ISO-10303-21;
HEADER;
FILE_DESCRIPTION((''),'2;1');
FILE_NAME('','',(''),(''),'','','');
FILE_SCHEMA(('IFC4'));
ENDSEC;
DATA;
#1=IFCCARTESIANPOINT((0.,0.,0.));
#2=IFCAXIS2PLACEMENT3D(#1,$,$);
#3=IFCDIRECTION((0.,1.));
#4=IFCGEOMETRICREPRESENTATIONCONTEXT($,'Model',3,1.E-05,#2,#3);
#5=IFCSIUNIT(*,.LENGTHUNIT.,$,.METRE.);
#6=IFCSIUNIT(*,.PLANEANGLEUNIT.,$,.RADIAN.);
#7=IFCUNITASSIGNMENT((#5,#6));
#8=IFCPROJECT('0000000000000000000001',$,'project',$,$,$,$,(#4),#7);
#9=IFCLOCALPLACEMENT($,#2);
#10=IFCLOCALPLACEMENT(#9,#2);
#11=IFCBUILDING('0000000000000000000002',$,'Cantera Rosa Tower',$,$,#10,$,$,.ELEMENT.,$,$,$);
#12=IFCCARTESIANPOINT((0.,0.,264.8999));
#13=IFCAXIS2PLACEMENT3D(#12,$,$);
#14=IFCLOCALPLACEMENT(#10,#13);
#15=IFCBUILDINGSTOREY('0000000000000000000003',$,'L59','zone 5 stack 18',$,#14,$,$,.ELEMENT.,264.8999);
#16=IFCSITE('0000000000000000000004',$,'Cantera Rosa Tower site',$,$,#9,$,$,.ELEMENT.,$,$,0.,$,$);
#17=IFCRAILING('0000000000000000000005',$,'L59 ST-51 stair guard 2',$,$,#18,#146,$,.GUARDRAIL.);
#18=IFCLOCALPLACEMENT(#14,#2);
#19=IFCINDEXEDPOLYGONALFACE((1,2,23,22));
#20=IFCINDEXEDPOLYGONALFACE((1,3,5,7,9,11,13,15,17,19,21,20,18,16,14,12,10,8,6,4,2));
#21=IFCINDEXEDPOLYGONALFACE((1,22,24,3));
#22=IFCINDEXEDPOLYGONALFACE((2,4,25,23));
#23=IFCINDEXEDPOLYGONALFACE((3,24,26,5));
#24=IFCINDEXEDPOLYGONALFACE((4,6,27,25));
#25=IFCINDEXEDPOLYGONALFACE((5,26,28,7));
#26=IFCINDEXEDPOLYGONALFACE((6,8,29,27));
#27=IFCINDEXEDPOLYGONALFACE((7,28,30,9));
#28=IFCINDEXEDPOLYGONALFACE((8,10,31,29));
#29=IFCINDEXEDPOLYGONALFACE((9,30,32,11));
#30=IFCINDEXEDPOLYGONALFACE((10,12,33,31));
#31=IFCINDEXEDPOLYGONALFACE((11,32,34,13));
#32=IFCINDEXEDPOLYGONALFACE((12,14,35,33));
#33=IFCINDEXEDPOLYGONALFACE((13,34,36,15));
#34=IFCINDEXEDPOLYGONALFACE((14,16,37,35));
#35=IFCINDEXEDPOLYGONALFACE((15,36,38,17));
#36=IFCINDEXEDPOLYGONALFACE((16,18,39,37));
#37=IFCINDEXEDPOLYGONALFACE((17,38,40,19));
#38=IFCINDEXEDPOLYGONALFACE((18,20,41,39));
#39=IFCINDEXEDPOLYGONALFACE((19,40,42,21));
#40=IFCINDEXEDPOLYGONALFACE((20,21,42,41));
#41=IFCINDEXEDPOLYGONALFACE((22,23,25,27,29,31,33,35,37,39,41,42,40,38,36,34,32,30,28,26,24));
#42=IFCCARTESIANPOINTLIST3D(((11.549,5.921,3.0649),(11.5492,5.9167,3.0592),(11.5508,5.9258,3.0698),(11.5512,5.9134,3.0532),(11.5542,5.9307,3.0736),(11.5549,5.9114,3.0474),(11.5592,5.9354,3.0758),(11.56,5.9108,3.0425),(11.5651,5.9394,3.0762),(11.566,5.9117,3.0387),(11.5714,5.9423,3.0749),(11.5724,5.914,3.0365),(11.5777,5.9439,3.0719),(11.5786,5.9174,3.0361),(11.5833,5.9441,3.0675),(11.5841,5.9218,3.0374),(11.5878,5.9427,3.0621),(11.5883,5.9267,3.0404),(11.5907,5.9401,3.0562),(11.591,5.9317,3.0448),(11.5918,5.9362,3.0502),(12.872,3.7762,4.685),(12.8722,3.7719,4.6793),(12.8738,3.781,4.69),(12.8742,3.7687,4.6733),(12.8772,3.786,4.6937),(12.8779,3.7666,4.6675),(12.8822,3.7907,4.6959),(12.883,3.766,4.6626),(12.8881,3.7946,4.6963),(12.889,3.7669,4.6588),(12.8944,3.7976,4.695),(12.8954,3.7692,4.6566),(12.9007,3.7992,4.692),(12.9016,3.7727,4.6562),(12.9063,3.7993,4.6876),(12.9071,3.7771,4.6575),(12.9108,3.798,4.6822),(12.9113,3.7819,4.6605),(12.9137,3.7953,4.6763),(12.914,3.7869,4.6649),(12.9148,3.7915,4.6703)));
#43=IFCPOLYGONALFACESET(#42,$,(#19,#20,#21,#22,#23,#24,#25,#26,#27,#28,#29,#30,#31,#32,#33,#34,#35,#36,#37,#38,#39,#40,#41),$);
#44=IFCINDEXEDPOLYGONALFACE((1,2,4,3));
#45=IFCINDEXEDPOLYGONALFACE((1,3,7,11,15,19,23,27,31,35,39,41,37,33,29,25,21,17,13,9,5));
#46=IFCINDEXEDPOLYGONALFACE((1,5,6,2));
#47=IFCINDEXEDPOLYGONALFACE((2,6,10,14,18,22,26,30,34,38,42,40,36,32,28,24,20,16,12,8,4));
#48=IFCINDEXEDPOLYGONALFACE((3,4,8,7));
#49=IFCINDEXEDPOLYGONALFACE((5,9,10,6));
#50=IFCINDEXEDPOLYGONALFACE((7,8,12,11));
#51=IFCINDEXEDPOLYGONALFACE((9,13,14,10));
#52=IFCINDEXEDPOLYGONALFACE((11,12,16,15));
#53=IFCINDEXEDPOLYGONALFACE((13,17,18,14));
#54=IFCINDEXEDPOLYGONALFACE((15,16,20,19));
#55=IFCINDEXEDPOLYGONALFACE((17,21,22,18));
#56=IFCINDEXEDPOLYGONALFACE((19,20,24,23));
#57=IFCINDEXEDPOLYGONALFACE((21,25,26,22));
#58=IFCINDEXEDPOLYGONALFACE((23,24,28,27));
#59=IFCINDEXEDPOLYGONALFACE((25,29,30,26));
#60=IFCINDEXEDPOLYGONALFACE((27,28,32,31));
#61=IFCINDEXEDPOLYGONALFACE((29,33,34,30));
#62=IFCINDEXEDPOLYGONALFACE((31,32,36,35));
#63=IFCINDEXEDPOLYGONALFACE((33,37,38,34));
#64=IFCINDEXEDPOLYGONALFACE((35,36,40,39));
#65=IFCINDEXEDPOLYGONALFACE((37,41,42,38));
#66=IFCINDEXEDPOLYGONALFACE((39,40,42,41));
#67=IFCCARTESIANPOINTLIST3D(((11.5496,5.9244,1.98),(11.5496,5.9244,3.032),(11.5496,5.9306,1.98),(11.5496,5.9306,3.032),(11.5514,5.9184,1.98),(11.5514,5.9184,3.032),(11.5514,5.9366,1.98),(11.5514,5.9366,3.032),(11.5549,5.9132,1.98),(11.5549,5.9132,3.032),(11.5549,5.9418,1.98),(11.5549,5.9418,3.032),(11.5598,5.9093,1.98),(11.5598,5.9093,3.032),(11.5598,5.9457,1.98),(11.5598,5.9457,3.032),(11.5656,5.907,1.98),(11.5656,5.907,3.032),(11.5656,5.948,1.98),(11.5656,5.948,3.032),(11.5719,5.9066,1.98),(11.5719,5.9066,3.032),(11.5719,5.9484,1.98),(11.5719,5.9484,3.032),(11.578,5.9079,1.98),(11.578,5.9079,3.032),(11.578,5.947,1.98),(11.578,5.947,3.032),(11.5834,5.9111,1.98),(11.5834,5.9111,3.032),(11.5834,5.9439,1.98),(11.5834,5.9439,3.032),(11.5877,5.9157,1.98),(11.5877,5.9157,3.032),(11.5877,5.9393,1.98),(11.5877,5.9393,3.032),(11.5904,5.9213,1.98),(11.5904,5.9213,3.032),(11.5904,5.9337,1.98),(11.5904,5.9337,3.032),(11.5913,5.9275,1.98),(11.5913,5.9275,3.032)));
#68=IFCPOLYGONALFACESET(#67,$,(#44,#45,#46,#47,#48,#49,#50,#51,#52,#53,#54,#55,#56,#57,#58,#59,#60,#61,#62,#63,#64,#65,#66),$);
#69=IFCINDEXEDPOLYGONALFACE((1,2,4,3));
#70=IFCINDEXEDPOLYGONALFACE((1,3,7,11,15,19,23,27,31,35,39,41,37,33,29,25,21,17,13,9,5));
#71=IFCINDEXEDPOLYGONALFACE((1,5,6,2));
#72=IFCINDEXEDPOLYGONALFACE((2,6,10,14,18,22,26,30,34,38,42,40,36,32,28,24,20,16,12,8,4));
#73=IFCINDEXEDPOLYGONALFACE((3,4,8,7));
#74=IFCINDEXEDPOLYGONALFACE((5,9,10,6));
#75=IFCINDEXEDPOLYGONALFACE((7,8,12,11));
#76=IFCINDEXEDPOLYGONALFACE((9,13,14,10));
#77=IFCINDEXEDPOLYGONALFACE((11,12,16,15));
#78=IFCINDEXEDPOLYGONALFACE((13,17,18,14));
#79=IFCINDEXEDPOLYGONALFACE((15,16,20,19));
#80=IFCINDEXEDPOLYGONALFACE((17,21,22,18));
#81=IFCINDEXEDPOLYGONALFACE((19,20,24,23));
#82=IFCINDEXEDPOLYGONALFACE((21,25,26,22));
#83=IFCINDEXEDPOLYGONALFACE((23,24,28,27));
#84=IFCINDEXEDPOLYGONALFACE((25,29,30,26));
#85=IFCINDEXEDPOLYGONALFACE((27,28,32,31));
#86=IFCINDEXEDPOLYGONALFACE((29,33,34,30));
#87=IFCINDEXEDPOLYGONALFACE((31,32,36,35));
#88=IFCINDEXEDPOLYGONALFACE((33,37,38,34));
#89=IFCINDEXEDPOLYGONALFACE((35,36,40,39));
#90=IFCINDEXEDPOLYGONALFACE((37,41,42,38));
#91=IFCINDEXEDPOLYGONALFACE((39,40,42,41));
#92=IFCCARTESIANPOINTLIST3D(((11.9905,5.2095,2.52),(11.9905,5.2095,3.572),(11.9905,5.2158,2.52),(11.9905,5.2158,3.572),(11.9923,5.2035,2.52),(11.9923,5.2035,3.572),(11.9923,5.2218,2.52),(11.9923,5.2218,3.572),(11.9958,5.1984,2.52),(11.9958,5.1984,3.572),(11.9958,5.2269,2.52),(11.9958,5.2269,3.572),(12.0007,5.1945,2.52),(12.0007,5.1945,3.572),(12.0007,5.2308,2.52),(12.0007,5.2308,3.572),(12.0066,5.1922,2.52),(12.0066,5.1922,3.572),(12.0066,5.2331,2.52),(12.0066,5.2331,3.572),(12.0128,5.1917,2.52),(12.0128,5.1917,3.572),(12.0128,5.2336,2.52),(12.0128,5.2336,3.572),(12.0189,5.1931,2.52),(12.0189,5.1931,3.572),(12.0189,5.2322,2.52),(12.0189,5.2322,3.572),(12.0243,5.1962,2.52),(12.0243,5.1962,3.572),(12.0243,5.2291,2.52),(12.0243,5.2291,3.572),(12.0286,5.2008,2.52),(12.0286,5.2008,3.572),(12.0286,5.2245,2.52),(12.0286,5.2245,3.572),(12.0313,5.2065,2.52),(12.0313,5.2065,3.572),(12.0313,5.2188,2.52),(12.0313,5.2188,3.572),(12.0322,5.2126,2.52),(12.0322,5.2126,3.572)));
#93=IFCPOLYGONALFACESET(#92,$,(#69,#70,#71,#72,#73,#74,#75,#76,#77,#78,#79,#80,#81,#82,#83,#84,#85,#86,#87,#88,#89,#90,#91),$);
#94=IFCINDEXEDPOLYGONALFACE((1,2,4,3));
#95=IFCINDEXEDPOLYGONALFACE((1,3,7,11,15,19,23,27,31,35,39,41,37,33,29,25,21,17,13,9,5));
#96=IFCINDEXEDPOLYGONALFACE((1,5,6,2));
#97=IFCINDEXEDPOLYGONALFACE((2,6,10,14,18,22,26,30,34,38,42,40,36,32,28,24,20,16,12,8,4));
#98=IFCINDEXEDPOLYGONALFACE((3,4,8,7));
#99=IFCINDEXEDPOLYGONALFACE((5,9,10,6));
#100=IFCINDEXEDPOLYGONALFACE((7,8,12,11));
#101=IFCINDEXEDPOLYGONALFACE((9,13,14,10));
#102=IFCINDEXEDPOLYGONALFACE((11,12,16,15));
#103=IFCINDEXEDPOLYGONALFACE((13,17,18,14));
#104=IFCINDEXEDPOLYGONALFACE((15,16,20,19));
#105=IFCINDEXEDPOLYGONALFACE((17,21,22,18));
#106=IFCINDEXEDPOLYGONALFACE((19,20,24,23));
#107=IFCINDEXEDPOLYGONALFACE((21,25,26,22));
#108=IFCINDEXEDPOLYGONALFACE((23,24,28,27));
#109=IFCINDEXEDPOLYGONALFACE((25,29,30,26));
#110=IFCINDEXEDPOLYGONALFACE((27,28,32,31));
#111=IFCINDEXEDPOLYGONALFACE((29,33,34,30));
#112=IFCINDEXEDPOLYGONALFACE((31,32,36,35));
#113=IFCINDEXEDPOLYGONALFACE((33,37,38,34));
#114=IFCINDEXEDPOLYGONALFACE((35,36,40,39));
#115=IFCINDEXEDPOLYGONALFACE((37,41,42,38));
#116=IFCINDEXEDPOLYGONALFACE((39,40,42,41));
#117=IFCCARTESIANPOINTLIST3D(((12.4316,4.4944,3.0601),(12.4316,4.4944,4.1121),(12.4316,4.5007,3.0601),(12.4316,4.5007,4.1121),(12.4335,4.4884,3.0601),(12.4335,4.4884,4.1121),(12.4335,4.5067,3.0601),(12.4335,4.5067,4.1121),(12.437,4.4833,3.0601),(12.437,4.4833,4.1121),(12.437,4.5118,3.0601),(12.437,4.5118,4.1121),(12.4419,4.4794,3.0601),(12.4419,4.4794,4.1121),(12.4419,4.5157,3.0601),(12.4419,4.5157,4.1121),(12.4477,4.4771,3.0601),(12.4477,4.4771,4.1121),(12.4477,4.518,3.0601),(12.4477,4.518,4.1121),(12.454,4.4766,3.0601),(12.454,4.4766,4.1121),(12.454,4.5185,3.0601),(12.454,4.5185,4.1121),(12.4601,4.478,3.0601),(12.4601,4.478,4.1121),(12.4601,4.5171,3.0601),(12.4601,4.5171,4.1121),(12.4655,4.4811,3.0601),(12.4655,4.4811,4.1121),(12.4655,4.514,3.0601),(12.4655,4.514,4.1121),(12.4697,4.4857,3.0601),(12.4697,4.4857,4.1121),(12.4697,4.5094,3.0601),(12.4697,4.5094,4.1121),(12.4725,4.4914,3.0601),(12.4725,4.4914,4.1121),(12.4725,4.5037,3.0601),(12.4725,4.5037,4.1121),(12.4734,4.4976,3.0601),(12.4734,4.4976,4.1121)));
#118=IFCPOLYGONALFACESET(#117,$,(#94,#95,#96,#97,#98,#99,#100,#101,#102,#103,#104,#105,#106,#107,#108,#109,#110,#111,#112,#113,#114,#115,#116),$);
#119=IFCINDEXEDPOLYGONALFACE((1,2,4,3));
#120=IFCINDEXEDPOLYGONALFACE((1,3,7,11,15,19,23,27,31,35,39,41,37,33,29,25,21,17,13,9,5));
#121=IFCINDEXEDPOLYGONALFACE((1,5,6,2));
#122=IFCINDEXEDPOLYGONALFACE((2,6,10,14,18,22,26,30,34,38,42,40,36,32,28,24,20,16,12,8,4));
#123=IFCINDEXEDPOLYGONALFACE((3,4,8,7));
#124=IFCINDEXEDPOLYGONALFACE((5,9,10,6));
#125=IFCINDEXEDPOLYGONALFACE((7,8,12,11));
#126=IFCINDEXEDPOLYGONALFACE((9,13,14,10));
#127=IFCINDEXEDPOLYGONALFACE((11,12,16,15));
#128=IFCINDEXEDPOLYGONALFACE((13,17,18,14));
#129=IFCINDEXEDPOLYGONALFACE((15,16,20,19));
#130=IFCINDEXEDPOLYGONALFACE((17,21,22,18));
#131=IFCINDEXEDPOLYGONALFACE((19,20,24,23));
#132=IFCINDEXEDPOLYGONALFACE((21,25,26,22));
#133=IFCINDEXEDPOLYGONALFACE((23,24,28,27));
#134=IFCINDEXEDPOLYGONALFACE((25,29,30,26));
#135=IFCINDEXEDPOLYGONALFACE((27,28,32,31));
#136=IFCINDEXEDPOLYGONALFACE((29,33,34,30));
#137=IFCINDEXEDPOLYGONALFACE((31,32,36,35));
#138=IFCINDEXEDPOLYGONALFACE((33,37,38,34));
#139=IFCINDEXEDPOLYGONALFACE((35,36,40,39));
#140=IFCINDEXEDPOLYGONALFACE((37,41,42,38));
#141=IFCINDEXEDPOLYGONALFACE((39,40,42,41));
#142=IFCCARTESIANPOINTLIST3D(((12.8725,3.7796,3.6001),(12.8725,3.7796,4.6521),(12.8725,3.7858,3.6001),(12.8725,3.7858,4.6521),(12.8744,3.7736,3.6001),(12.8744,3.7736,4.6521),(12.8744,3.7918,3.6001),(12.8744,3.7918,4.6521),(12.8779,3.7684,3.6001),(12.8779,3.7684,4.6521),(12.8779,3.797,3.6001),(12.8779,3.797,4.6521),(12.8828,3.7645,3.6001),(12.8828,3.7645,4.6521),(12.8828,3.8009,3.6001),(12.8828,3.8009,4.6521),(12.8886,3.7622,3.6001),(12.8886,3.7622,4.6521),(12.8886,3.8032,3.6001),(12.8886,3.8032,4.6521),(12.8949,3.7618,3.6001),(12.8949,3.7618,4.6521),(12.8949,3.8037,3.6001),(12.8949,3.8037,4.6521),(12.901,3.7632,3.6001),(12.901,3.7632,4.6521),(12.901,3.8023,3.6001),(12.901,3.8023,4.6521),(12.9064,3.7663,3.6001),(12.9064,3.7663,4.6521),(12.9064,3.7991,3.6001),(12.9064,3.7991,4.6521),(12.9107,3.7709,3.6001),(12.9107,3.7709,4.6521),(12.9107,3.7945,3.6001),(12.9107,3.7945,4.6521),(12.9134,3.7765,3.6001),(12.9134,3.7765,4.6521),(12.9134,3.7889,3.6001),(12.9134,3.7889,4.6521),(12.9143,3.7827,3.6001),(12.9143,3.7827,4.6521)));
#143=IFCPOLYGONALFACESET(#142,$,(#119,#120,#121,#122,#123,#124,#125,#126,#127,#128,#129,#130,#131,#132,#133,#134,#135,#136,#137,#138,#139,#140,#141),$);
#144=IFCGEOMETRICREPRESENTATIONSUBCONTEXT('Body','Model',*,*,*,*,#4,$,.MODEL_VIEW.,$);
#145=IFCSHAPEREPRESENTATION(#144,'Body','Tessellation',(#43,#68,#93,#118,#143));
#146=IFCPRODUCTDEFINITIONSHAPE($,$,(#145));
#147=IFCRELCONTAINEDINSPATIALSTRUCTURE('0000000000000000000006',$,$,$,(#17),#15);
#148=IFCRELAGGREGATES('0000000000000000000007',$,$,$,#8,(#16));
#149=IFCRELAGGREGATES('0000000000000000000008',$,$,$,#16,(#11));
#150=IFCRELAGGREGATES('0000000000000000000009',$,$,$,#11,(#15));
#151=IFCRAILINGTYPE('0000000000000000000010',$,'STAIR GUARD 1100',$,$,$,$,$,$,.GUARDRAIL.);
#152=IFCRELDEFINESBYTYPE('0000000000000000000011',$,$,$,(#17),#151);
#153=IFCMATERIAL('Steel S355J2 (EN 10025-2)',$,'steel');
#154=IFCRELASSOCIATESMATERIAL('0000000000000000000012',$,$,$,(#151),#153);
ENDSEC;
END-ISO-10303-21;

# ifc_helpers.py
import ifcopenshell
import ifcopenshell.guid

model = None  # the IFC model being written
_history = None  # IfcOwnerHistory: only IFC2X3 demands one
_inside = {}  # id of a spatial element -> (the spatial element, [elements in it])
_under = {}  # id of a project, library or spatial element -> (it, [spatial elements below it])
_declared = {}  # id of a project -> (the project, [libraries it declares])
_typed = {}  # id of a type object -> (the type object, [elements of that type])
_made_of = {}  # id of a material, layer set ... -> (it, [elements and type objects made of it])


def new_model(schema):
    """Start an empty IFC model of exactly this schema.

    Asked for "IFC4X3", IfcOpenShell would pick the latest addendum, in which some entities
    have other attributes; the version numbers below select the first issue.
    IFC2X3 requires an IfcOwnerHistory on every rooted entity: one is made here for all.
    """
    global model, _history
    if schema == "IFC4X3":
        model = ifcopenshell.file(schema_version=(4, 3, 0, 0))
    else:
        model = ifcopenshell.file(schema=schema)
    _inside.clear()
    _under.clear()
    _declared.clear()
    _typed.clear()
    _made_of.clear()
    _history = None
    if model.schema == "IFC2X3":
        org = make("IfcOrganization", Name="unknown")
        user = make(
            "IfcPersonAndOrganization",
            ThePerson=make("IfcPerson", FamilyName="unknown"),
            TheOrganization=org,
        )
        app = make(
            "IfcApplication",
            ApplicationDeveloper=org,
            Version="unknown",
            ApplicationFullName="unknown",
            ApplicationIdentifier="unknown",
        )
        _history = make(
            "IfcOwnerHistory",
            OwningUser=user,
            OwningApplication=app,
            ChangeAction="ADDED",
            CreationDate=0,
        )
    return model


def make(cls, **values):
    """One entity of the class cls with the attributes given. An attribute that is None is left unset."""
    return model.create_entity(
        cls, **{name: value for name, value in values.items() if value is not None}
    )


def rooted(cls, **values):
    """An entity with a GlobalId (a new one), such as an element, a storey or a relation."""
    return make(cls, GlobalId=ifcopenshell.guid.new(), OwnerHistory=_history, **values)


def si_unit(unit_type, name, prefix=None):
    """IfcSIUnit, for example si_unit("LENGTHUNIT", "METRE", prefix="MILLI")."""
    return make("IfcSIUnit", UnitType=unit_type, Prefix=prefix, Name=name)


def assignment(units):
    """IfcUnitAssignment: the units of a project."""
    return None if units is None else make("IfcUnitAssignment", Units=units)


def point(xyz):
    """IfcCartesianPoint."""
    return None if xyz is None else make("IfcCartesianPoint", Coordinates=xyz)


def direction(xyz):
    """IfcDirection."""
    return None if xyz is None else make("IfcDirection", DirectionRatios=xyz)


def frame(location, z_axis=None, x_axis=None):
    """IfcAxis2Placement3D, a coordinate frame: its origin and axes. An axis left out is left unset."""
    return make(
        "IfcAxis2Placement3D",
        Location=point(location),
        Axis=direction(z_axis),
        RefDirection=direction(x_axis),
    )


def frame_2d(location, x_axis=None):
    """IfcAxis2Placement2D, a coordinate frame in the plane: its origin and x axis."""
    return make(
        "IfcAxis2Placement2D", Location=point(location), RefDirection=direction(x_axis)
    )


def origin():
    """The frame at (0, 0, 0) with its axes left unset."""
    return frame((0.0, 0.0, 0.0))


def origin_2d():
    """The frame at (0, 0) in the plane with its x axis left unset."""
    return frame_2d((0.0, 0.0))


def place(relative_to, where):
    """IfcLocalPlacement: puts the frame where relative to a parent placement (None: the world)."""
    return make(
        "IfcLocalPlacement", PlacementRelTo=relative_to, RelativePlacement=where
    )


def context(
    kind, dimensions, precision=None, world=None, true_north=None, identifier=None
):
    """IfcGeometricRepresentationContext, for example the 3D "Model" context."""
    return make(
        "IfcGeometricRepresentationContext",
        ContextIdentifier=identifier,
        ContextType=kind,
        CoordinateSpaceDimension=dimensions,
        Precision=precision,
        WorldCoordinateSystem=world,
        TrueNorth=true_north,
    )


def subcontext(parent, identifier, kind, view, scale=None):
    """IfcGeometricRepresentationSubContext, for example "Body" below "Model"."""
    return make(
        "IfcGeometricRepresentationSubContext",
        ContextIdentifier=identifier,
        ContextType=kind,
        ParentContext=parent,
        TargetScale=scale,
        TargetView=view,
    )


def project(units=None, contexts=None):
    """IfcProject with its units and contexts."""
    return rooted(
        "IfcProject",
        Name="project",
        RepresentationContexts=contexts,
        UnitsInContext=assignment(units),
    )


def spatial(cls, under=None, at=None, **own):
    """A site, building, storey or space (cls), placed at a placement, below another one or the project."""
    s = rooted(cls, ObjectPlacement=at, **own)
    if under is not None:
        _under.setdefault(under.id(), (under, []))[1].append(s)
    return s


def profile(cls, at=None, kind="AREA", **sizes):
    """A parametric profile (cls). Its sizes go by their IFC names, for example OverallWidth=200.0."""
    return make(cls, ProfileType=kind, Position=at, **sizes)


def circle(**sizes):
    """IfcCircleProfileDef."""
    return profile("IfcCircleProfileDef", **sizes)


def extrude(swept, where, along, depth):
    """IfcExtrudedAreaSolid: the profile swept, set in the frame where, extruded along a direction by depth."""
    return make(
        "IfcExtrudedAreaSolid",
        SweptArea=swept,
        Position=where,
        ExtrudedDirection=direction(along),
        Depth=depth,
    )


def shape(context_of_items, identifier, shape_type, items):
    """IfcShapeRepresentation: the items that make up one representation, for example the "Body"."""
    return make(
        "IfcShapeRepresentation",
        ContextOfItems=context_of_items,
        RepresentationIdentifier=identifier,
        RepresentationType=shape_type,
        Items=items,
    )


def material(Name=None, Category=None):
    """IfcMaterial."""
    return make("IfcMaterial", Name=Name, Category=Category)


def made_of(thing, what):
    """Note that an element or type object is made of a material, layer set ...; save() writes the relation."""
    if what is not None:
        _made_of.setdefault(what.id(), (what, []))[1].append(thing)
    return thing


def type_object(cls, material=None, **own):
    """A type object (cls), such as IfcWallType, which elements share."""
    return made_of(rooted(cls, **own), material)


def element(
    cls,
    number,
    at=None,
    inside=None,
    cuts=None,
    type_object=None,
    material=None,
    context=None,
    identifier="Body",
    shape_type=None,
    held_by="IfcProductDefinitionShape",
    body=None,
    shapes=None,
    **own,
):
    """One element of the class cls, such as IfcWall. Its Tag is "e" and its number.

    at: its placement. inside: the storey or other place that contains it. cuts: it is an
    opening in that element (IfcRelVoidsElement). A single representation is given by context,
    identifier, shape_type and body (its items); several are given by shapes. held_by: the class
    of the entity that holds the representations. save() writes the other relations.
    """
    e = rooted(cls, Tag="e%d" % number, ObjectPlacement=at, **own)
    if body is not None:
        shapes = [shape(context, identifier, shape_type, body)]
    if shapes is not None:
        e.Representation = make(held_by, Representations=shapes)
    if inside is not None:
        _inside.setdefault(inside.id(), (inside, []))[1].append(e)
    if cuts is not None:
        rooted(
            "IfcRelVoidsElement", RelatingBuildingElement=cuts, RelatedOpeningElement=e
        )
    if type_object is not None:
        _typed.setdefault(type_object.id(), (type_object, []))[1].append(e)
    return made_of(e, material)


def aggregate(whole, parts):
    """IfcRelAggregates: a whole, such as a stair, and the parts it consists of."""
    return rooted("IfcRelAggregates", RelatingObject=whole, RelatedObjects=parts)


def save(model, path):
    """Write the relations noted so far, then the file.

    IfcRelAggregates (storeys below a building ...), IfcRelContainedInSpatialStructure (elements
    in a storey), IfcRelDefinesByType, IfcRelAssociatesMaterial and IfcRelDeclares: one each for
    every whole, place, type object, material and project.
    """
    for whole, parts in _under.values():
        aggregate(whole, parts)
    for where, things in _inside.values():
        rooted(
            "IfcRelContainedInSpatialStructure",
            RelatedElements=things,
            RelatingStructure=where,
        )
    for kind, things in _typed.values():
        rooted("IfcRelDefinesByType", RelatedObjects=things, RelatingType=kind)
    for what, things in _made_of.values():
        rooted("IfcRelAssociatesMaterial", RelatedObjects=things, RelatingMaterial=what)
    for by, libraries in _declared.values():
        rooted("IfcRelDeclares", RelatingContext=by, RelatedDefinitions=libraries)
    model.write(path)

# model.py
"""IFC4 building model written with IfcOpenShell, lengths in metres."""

from ifc_helpers import new_model, si_unit, direction, frame, origin, origin_2d, place, context, subcontext, project, spatial, circle, extrude, material, type_object, element, save


model = new_model("IFC4")

# Units and contexts
model_context = context("Model", 3, precision=1e-05, world=origin(), true_north=direction((0.0, 1.0)))
body_context = subcontext(model_context, "Body", "Model", "MODEL_VIEW")
ifc_project = project(units=[si_unit("LENGTHUNIT", "METRE"), si_unit("PLANEANGLEUNIT", "RADIAN")], contexts=[model_context])

# Site, building, storey
site_placement = place(None, origin())
site = spatial("IfcSite", under=ifc_project, at=site_placement, Name="Cantera Rosa Tower site", CompositionType="ELEMENT", RefElevation=0.0)
building_placement = place(site_placement, origin())
building = spatial("IfcBuilding", under=site, at=building_placement, Name="Cantera Rosa Tower", CompositionType="ELEMENT")
storey_placement = place(building_placement, frame((0.0, 0.0, 264.8999)))
storey = spatial("IfcBuildingStorey", under=building, at=storey_placement, Name="L59", Description="zone 5 stack 18", CompositionType="ELEMENT", Elevation=264.8999)

# Railing
ifc_material_1 = material(Name="Steel S355J2 (EN 10025-2)", Category="steel")
railing_type_1 = type_object("IfcRailingType", Name="STAIR GUARD 1100", PredefinedType="GUARDRAIL", material=ifc_material_1)
railing_1_placement = place(storey_placement, frame((11.5703, 5.9275, 1.98)))
element("IfcRailing", 1, at=railing_1_placement, inside=storey, type_object=railing_type_1, Name="L59 ST-51 stair guard 2", PredefinedType="GUARDRAIL", context=body_context, shape_type="SweptSolid", body=[
    extrude(circle(Radius=0.0239, at=origin_2d()), frame((0.0, 0.0, 1.0762), z_axis=(0.441609, -0.715914, 0.540786), x_axis=(0.851102, 0.525, 0.0)), (0.0, 0.0, 1.0), 2.9958),
    extrude(circle(Radius=0.021, at=origin_2d()), origin(), (0.0, 0.0, 1.0), 1.052),
    extrude(circle(Radius=0.021, at=origin_2d()), frame((0.4409, -0.7148, 0.54)), (0.0, 0.0, 1.0), 1.052),
    extrude(circle(Radius=0.021, at=origin_2d()), frame((0.8821, -1.4299, 1.0801)), (0.0, 0.0, 1.0), 1.052),
    extrude(circle(Radius=0.021, at=origin_2d()), frame((1.323, -2.1448, 1.6201)), (0.0, 0.0, 1.0), 1.052),
])

save(model, "model.ifc")
